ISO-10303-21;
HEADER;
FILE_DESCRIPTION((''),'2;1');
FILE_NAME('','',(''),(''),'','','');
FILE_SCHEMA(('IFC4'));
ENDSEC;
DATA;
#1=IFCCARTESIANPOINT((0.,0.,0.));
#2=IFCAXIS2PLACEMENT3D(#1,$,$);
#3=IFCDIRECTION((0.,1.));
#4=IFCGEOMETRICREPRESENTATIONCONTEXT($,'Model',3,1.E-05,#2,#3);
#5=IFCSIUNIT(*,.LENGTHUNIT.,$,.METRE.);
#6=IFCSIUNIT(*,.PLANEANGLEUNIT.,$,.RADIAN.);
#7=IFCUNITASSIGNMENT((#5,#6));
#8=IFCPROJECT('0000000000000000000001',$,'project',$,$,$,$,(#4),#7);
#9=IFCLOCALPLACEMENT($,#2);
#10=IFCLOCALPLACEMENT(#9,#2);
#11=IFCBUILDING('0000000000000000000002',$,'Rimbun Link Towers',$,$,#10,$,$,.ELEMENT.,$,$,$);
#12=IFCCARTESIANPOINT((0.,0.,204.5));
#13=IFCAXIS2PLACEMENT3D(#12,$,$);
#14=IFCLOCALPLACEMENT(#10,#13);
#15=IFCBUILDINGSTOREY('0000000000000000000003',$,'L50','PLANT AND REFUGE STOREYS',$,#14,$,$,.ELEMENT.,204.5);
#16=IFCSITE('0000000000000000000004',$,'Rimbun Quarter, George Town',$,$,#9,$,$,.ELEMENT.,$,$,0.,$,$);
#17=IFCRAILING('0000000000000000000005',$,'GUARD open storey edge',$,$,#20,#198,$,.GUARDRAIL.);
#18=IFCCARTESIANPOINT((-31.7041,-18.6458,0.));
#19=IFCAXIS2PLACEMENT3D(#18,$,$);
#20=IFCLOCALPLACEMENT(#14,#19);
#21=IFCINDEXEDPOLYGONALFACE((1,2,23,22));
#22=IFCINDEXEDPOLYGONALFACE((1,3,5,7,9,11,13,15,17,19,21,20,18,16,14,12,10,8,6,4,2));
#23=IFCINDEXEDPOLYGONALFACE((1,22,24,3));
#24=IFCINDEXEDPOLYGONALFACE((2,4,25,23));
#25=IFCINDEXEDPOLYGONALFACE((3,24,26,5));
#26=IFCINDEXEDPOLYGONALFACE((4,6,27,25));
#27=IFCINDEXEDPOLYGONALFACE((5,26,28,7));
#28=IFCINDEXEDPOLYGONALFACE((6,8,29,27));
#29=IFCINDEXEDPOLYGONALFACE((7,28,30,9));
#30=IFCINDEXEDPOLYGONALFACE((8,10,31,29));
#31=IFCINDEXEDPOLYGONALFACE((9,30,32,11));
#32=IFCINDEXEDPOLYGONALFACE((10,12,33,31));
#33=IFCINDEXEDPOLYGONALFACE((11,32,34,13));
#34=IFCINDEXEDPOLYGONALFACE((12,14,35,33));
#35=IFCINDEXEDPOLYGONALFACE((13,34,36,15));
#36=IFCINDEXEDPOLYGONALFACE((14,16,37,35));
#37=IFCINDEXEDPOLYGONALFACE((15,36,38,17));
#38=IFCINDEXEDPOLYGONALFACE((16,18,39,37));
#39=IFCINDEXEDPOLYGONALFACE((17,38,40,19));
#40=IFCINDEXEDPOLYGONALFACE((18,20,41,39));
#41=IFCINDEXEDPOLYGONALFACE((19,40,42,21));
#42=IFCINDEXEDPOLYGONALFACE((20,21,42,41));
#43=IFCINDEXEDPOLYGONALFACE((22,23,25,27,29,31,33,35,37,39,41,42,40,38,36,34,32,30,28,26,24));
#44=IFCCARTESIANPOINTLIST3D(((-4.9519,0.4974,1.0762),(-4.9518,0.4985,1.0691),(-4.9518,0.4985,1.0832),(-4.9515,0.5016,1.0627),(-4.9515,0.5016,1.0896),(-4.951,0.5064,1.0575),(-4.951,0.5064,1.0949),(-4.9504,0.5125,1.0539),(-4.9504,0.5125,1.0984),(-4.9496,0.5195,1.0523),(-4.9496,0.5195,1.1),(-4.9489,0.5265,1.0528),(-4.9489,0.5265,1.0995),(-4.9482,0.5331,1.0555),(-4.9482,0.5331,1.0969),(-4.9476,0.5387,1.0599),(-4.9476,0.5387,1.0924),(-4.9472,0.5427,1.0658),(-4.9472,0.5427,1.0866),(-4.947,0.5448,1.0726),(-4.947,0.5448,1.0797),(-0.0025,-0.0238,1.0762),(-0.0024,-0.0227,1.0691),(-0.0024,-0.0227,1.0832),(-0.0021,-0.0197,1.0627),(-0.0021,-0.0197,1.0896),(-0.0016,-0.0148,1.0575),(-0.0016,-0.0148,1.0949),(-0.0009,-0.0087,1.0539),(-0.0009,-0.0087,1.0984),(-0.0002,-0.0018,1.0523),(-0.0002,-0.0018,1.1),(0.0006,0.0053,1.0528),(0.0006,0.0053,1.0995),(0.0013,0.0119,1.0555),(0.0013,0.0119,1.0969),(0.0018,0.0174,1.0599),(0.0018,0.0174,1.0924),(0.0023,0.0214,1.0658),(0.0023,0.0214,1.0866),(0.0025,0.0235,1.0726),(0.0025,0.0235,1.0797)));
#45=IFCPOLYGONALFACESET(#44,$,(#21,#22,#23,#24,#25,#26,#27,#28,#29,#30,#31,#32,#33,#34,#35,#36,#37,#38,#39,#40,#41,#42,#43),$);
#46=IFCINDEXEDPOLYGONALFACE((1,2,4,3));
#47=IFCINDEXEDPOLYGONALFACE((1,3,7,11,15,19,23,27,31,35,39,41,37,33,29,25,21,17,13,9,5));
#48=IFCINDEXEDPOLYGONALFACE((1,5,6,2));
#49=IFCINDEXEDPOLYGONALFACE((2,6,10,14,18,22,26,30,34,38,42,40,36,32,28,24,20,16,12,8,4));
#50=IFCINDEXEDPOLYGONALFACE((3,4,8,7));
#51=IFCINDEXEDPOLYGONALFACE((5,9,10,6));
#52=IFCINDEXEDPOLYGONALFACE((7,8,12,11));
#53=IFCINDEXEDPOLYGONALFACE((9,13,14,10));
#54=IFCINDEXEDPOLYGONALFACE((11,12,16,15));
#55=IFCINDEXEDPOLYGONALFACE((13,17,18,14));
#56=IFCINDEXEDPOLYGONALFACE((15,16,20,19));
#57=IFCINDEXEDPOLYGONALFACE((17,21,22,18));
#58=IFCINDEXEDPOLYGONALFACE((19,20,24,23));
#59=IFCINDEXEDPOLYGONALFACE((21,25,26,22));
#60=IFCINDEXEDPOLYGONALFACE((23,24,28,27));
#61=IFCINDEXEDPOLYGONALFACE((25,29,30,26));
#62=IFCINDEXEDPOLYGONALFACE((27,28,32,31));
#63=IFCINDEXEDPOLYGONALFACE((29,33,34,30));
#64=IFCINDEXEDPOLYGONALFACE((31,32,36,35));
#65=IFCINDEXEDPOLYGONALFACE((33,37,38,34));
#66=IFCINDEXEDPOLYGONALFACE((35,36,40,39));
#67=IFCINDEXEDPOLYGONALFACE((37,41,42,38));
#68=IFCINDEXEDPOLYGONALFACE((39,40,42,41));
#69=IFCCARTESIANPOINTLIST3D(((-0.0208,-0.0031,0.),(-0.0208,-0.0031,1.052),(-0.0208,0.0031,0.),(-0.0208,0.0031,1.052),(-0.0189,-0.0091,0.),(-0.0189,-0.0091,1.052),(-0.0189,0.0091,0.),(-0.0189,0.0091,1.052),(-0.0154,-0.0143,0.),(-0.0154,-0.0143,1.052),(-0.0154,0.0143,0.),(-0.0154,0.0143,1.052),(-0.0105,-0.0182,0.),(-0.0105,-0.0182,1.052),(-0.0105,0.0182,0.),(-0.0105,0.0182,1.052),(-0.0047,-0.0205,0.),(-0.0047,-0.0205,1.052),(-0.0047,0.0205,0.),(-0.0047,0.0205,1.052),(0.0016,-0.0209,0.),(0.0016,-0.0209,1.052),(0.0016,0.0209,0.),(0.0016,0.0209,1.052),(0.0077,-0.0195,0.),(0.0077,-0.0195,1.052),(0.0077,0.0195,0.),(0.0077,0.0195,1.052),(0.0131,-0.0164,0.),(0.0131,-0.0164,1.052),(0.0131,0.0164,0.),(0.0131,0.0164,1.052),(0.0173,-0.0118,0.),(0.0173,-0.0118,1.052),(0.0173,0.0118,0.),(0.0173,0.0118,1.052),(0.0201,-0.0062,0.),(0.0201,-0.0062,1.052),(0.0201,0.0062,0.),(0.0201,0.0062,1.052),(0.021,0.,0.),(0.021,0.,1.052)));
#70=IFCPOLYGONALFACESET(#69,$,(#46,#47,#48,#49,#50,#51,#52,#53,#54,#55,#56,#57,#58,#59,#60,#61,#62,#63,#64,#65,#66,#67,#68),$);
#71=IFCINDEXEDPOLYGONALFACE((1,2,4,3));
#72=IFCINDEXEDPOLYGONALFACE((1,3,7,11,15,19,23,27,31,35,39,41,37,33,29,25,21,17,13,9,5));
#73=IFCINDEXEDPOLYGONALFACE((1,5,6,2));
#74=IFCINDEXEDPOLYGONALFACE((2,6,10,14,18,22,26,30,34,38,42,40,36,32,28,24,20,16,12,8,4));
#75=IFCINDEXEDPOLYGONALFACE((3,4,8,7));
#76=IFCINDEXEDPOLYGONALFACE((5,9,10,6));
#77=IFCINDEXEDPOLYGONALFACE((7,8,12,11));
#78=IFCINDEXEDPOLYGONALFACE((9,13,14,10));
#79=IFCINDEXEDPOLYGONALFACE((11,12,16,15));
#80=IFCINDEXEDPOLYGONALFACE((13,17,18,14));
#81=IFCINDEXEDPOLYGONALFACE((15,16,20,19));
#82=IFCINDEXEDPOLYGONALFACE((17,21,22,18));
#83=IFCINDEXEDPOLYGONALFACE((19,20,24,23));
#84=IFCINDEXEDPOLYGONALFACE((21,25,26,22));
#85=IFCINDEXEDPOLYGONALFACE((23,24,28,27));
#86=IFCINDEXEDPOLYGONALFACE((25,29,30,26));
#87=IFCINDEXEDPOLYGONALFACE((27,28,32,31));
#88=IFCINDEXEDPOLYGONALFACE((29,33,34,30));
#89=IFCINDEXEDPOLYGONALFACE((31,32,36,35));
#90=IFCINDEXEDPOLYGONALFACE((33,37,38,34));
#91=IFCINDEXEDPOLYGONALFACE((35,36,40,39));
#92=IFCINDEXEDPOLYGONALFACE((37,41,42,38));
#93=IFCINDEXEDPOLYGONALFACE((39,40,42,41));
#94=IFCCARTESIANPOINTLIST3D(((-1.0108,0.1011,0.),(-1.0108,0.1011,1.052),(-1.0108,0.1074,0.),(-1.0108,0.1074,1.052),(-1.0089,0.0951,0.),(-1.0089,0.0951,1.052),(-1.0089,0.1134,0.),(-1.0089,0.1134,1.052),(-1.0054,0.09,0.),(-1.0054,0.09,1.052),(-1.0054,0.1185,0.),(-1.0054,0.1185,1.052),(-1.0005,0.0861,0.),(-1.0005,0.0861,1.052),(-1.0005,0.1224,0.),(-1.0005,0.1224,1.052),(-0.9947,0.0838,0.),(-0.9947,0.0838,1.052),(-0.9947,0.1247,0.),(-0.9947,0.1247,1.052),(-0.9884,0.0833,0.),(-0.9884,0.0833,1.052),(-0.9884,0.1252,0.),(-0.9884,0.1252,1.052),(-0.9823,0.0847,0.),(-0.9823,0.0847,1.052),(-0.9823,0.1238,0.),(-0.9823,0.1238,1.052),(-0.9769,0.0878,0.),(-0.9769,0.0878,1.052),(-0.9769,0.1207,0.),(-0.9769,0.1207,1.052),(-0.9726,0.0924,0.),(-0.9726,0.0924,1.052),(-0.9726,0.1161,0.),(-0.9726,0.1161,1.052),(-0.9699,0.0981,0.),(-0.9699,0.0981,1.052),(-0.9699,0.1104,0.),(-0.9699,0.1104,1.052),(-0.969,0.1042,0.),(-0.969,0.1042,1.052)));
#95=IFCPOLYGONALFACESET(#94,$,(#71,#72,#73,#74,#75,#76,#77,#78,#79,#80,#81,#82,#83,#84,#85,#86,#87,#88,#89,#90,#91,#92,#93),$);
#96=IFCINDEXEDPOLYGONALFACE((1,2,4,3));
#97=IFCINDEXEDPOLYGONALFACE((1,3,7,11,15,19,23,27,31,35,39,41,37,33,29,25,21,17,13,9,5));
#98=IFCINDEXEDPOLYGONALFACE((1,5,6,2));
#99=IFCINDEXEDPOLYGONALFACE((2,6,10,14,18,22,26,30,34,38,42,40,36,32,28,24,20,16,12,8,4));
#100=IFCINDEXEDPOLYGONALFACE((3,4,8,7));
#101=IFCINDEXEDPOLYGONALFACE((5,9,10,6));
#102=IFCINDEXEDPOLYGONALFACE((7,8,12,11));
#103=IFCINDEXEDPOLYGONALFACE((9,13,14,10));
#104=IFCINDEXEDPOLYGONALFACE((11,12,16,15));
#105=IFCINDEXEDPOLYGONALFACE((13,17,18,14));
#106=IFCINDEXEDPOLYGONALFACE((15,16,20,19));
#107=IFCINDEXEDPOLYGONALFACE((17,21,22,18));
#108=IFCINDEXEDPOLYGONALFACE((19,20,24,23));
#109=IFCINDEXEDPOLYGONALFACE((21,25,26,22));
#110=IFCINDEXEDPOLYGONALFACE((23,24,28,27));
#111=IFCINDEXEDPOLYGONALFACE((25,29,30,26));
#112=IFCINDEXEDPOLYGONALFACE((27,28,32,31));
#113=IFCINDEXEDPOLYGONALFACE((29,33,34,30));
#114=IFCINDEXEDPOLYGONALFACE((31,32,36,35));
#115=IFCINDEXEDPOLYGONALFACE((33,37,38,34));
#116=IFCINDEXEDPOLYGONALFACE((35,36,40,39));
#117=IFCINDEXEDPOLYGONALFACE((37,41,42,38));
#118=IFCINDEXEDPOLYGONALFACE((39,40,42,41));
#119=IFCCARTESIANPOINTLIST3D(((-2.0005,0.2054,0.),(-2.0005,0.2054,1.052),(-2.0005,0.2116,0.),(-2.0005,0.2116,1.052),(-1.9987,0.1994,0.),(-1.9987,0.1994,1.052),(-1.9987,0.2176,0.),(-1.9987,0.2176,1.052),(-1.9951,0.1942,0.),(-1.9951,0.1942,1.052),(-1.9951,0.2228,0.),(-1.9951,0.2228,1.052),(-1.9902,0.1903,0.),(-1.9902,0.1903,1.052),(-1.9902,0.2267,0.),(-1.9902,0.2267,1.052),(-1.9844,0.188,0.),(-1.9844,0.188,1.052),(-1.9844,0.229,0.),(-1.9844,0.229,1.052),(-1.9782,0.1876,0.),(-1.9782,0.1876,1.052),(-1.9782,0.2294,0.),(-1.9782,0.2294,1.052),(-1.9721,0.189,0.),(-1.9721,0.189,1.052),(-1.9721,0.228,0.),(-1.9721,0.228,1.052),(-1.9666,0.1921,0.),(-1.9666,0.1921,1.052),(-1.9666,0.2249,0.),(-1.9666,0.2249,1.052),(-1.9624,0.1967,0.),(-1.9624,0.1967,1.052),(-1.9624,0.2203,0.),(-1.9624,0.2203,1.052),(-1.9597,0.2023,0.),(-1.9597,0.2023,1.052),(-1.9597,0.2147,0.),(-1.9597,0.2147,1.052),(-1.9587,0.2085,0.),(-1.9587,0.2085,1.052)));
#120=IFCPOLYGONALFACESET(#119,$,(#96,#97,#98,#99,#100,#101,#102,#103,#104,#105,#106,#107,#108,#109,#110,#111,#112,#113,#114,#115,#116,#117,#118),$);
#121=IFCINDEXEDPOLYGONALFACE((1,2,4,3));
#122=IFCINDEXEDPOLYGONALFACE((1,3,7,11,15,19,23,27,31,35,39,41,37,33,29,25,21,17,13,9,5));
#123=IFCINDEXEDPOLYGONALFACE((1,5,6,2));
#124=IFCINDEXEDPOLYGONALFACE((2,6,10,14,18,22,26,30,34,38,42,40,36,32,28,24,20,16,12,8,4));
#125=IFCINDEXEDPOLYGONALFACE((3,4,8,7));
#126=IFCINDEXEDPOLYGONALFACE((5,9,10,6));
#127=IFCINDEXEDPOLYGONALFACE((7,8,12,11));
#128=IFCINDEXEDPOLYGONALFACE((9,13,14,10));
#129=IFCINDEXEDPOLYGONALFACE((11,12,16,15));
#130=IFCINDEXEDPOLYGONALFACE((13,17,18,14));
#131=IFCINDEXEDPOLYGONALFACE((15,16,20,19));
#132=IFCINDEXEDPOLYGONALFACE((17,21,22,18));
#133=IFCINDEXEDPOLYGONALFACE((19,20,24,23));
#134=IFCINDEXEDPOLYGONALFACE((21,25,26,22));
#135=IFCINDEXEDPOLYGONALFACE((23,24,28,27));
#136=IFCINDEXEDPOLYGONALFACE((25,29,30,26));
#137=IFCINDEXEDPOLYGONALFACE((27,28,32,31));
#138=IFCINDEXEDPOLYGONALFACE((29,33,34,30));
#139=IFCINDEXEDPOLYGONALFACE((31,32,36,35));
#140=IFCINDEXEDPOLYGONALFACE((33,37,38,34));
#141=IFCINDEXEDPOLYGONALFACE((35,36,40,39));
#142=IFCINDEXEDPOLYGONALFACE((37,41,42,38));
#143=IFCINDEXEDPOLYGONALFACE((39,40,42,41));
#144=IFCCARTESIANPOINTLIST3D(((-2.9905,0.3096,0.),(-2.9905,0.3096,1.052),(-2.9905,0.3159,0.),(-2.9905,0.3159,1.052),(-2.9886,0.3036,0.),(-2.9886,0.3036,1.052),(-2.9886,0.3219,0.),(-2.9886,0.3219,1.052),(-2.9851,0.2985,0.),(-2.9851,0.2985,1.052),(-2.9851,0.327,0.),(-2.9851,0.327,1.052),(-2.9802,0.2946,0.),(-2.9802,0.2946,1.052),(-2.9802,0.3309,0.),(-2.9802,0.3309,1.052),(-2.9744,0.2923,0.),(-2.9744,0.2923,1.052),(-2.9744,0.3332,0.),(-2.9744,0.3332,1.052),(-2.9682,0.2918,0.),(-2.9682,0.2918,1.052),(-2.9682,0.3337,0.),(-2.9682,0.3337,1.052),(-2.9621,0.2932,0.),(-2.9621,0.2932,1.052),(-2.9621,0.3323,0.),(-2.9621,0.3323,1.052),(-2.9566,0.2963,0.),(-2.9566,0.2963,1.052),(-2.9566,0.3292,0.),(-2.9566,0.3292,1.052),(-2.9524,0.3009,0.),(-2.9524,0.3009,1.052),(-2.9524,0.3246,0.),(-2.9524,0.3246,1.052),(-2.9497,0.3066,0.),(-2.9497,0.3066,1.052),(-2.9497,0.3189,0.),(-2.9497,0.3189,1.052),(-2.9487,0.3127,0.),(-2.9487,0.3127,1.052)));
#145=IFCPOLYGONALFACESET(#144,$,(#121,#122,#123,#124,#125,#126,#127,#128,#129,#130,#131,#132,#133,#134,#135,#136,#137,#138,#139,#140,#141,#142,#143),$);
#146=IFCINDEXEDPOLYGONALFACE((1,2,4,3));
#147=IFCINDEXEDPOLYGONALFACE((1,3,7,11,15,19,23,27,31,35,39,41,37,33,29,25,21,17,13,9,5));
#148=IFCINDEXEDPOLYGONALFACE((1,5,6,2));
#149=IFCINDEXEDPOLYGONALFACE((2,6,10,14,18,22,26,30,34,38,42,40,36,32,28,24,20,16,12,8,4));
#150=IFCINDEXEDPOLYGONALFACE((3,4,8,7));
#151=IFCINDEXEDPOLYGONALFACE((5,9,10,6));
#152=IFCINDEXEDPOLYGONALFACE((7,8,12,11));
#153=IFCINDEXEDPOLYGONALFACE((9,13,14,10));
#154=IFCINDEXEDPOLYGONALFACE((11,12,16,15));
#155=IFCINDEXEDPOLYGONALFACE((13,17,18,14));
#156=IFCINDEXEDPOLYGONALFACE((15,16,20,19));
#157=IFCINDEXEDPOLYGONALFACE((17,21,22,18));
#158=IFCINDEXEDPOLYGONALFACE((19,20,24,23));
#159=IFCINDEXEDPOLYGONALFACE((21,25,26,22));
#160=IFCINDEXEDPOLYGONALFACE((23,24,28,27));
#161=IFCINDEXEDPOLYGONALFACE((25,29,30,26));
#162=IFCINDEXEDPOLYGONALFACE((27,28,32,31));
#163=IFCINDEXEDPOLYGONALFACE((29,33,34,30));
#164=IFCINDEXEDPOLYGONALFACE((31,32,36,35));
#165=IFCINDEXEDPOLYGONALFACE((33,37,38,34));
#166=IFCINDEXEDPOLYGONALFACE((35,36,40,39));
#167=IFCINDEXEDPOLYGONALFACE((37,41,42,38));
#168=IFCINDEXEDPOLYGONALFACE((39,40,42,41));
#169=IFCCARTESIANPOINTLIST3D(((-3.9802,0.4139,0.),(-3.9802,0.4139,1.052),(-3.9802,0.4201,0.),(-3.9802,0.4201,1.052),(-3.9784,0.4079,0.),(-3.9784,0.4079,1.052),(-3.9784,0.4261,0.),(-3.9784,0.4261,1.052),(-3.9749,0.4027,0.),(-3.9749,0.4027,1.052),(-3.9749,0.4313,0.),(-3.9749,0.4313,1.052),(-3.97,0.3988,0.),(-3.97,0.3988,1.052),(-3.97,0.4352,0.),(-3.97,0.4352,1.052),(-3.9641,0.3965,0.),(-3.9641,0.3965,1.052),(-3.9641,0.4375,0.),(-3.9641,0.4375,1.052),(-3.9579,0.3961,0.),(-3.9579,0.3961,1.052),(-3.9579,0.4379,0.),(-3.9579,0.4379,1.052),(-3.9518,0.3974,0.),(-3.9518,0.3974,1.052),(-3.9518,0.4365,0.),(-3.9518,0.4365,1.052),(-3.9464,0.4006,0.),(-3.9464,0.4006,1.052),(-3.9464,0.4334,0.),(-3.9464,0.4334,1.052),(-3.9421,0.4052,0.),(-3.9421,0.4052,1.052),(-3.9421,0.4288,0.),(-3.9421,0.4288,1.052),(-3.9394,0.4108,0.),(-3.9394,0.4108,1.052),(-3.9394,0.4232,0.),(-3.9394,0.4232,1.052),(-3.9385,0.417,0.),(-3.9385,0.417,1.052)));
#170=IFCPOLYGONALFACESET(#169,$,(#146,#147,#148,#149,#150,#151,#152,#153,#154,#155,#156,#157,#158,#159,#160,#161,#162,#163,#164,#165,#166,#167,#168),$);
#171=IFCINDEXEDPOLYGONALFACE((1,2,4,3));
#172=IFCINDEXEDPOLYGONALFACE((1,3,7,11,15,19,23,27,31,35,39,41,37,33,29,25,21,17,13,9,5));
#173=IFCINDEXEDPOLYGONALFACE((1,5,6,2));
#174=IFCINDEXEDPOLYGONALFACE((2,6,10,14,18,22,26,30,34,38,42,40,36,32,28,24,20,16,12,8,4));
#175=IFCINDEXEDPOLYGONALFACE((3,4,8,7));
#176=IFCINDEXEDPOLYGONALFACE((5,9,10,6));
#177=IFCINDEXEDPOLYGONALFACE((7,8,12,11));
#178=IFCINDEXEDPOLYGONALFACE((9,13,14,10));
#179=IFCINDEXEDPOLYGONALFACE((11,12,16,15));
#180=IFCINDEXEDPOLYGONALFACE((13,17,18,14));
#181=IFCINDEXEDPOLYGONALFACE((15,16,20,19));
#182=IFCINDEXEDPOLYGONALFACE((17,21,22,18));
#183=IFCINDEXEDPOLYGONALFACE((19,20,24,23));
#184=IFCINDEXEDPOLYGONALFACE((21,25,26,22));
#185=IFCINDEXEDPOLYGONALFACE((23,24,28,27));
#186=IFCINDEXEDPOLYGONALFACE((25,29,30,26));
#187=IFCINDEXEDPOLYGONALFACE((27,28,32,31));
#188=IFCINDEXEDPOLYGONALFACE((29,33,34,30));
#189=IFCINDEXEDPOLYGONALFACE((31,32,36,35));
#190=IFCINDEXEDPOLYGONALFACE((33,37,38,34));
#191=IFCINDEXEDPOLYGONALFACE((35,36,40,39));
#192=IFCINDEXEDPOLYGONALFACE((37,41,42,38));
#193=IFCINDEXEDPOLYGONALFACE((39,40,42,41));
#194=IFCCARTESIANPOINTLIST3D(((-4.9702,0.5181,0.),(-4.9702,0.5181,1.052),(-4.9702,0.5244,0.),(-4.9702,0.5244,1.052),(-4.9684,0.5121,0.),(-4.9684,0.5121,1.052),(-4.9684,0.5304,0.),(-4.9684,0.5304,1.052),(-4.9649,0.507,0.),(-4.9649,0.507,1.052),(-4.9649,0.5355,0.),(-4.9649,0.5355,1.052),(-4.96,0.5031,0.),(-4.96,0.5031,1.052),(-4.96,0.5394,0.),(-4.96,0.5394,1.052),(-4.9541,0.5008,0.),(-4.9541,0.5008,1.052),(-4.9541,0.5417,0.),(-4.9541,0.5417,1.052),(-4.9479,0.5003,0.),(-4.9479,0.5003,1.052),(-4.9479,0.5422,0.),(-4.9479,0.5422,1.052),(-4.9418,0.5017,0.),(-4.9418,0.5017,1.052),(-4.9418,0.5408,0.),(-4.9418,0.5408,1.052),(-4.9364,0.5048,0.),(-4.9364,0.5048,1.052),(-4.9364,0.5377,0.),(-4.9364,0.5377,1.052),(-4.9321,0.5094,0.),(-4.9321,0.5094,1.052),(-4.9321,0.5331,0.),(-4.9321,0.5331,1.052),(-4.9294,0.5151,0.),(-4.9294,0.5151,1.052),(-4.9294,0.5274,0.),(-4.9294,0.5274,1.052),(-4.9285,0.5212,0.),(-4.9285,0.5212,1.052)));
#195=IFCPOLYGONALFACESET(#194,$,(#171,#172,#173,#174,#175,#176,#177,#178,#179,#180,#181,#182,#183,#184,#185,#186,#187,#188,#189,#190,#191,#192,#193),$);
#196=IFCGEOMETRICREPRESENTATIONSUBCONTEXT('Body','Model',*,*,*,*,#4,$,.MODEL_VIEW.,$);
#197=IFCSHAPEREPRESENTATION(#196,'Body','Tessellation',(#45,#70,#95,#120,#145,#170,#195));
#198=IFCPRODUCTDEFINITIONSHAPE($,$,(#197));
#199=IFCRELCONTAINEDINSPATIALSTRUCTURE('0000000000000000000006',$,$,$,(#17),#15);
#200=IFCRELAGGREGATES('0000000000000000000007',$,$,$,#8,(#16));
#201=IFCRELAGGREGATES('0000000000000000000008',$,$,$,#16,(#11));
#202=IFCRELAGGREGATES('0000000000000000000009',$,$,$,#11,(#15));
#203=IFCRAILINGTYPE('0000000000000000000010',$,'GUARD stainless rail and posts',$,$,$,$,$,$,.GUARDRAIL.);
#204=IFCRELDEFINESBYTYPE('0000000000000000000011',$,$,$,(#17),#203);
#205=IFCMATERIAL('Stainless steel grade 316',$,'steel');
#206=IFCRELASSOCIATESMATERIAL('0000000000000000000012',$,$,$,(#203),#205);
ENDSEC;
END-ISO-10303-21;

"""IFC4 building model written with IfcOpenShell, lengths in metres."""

from ifc_helpers import new_model, si_unit, direction, frame, origin, origin_2d, place, context, subcontext, project, spatial, circle, extrude, material, type_object, element, save


model = new_model("IFC4")

# Units and contexts
model_context = context("Model", 3, precision=1e-05, world=origin(), true_north=direction((0.0, 1.0)))
body_context = subcontext(model_context, "Body", "Model", "MODEL_VIEW")
ifc_project = project(units=[si_unit("LENGTHUNIT", "METRE"), si_unit("PLANEANGLEUNIT", "RADIAN")], contexts=[model_context])

# Site, building, storey
site_placement = place(None, origin())
site = spatial("IfcSite", under=ifc_project, at=site_placement, Name="Rimbun Quarter, George Town", CompositionType="ELEMENT", RefElevation=0.0)
building_placement = place(site_placement, origin())
building = spatial("IfcBuilding", under=site, at=building_placement, Name="Rimbun Link Towers", CompositionType="ELEMENT")
storey_placement = place(building_placement, frame((0.0, 0.0, 204.5)))
storey = spatial("IfcBuildingStorey", under=building, at=storey_placement, Name="L50", Description="PLANT AND REFUGE STOREYS", CompositionType="ELEMENT", Elevation=204.5)

# Railing
ifc_material_1 = material(Name="Stainless steel grade 316", Category="steel")
railing_type = type_object("IfcRailingType", Name="GUARD stainless rail and posts", PredefinedType="GUARDRAIL", material=ifc_material_1)
railing_placement = place(storey_placement, frame((-31.7041, -18.6458, 0.0)))
element("IfcRailing", 1, at=railing_placement, inside=storey, type_object=railing_type, Name="GUARD open storey edge", PredefinedType="GUARDRAIL", context=body_context, shape_type="SweptSolid", body=[
    extrude(circle(Radius=0.0239, at=origin_2d()), frame((0.0, 0.0, 1.0762), z_axis=(-0.9945, 0.104733, 0.0), x_axis=(-0.104733, -0.9945, 0.0)), (0.0, 0.0, 1.0), 4.9768),
    extrude(circle(Radius=0.021, at=origin_2d()), origin(), (0.0, 0.0, 1.0), 1.052),
    extrude(circle(Radius=0.021, at=origin_2d()), frame((-0.99, 0.1042, 0.0)), (0.0, 0.0, 1.0), 1.052),
    extrude(circle(Radius=0.021, at=origin_2d()), frame((-1.9797, 0.2085, 0.0)), (0.0, 0.0, 1.0), 1.052),
    extrude(circle(Radius=0.021, at=origin_2d()), frame((-2.9697, 0.3127, 0.0)), (0.0, 0.0, 1.0), 1.052),
    extrude(circle(Radius=0.021, at=origin_2d()), frame((-3.9595, 0.417, 0.0)), (0.0, 0.0, 1.0), 1.052),
    extrude(circle(Radius=0.021, at=origin_2d()), frame((-4.9495, 0.5212, 0.0)), (0.0, 0.0, 1.0), 1.052),
])

save(model, "model.ifc")
